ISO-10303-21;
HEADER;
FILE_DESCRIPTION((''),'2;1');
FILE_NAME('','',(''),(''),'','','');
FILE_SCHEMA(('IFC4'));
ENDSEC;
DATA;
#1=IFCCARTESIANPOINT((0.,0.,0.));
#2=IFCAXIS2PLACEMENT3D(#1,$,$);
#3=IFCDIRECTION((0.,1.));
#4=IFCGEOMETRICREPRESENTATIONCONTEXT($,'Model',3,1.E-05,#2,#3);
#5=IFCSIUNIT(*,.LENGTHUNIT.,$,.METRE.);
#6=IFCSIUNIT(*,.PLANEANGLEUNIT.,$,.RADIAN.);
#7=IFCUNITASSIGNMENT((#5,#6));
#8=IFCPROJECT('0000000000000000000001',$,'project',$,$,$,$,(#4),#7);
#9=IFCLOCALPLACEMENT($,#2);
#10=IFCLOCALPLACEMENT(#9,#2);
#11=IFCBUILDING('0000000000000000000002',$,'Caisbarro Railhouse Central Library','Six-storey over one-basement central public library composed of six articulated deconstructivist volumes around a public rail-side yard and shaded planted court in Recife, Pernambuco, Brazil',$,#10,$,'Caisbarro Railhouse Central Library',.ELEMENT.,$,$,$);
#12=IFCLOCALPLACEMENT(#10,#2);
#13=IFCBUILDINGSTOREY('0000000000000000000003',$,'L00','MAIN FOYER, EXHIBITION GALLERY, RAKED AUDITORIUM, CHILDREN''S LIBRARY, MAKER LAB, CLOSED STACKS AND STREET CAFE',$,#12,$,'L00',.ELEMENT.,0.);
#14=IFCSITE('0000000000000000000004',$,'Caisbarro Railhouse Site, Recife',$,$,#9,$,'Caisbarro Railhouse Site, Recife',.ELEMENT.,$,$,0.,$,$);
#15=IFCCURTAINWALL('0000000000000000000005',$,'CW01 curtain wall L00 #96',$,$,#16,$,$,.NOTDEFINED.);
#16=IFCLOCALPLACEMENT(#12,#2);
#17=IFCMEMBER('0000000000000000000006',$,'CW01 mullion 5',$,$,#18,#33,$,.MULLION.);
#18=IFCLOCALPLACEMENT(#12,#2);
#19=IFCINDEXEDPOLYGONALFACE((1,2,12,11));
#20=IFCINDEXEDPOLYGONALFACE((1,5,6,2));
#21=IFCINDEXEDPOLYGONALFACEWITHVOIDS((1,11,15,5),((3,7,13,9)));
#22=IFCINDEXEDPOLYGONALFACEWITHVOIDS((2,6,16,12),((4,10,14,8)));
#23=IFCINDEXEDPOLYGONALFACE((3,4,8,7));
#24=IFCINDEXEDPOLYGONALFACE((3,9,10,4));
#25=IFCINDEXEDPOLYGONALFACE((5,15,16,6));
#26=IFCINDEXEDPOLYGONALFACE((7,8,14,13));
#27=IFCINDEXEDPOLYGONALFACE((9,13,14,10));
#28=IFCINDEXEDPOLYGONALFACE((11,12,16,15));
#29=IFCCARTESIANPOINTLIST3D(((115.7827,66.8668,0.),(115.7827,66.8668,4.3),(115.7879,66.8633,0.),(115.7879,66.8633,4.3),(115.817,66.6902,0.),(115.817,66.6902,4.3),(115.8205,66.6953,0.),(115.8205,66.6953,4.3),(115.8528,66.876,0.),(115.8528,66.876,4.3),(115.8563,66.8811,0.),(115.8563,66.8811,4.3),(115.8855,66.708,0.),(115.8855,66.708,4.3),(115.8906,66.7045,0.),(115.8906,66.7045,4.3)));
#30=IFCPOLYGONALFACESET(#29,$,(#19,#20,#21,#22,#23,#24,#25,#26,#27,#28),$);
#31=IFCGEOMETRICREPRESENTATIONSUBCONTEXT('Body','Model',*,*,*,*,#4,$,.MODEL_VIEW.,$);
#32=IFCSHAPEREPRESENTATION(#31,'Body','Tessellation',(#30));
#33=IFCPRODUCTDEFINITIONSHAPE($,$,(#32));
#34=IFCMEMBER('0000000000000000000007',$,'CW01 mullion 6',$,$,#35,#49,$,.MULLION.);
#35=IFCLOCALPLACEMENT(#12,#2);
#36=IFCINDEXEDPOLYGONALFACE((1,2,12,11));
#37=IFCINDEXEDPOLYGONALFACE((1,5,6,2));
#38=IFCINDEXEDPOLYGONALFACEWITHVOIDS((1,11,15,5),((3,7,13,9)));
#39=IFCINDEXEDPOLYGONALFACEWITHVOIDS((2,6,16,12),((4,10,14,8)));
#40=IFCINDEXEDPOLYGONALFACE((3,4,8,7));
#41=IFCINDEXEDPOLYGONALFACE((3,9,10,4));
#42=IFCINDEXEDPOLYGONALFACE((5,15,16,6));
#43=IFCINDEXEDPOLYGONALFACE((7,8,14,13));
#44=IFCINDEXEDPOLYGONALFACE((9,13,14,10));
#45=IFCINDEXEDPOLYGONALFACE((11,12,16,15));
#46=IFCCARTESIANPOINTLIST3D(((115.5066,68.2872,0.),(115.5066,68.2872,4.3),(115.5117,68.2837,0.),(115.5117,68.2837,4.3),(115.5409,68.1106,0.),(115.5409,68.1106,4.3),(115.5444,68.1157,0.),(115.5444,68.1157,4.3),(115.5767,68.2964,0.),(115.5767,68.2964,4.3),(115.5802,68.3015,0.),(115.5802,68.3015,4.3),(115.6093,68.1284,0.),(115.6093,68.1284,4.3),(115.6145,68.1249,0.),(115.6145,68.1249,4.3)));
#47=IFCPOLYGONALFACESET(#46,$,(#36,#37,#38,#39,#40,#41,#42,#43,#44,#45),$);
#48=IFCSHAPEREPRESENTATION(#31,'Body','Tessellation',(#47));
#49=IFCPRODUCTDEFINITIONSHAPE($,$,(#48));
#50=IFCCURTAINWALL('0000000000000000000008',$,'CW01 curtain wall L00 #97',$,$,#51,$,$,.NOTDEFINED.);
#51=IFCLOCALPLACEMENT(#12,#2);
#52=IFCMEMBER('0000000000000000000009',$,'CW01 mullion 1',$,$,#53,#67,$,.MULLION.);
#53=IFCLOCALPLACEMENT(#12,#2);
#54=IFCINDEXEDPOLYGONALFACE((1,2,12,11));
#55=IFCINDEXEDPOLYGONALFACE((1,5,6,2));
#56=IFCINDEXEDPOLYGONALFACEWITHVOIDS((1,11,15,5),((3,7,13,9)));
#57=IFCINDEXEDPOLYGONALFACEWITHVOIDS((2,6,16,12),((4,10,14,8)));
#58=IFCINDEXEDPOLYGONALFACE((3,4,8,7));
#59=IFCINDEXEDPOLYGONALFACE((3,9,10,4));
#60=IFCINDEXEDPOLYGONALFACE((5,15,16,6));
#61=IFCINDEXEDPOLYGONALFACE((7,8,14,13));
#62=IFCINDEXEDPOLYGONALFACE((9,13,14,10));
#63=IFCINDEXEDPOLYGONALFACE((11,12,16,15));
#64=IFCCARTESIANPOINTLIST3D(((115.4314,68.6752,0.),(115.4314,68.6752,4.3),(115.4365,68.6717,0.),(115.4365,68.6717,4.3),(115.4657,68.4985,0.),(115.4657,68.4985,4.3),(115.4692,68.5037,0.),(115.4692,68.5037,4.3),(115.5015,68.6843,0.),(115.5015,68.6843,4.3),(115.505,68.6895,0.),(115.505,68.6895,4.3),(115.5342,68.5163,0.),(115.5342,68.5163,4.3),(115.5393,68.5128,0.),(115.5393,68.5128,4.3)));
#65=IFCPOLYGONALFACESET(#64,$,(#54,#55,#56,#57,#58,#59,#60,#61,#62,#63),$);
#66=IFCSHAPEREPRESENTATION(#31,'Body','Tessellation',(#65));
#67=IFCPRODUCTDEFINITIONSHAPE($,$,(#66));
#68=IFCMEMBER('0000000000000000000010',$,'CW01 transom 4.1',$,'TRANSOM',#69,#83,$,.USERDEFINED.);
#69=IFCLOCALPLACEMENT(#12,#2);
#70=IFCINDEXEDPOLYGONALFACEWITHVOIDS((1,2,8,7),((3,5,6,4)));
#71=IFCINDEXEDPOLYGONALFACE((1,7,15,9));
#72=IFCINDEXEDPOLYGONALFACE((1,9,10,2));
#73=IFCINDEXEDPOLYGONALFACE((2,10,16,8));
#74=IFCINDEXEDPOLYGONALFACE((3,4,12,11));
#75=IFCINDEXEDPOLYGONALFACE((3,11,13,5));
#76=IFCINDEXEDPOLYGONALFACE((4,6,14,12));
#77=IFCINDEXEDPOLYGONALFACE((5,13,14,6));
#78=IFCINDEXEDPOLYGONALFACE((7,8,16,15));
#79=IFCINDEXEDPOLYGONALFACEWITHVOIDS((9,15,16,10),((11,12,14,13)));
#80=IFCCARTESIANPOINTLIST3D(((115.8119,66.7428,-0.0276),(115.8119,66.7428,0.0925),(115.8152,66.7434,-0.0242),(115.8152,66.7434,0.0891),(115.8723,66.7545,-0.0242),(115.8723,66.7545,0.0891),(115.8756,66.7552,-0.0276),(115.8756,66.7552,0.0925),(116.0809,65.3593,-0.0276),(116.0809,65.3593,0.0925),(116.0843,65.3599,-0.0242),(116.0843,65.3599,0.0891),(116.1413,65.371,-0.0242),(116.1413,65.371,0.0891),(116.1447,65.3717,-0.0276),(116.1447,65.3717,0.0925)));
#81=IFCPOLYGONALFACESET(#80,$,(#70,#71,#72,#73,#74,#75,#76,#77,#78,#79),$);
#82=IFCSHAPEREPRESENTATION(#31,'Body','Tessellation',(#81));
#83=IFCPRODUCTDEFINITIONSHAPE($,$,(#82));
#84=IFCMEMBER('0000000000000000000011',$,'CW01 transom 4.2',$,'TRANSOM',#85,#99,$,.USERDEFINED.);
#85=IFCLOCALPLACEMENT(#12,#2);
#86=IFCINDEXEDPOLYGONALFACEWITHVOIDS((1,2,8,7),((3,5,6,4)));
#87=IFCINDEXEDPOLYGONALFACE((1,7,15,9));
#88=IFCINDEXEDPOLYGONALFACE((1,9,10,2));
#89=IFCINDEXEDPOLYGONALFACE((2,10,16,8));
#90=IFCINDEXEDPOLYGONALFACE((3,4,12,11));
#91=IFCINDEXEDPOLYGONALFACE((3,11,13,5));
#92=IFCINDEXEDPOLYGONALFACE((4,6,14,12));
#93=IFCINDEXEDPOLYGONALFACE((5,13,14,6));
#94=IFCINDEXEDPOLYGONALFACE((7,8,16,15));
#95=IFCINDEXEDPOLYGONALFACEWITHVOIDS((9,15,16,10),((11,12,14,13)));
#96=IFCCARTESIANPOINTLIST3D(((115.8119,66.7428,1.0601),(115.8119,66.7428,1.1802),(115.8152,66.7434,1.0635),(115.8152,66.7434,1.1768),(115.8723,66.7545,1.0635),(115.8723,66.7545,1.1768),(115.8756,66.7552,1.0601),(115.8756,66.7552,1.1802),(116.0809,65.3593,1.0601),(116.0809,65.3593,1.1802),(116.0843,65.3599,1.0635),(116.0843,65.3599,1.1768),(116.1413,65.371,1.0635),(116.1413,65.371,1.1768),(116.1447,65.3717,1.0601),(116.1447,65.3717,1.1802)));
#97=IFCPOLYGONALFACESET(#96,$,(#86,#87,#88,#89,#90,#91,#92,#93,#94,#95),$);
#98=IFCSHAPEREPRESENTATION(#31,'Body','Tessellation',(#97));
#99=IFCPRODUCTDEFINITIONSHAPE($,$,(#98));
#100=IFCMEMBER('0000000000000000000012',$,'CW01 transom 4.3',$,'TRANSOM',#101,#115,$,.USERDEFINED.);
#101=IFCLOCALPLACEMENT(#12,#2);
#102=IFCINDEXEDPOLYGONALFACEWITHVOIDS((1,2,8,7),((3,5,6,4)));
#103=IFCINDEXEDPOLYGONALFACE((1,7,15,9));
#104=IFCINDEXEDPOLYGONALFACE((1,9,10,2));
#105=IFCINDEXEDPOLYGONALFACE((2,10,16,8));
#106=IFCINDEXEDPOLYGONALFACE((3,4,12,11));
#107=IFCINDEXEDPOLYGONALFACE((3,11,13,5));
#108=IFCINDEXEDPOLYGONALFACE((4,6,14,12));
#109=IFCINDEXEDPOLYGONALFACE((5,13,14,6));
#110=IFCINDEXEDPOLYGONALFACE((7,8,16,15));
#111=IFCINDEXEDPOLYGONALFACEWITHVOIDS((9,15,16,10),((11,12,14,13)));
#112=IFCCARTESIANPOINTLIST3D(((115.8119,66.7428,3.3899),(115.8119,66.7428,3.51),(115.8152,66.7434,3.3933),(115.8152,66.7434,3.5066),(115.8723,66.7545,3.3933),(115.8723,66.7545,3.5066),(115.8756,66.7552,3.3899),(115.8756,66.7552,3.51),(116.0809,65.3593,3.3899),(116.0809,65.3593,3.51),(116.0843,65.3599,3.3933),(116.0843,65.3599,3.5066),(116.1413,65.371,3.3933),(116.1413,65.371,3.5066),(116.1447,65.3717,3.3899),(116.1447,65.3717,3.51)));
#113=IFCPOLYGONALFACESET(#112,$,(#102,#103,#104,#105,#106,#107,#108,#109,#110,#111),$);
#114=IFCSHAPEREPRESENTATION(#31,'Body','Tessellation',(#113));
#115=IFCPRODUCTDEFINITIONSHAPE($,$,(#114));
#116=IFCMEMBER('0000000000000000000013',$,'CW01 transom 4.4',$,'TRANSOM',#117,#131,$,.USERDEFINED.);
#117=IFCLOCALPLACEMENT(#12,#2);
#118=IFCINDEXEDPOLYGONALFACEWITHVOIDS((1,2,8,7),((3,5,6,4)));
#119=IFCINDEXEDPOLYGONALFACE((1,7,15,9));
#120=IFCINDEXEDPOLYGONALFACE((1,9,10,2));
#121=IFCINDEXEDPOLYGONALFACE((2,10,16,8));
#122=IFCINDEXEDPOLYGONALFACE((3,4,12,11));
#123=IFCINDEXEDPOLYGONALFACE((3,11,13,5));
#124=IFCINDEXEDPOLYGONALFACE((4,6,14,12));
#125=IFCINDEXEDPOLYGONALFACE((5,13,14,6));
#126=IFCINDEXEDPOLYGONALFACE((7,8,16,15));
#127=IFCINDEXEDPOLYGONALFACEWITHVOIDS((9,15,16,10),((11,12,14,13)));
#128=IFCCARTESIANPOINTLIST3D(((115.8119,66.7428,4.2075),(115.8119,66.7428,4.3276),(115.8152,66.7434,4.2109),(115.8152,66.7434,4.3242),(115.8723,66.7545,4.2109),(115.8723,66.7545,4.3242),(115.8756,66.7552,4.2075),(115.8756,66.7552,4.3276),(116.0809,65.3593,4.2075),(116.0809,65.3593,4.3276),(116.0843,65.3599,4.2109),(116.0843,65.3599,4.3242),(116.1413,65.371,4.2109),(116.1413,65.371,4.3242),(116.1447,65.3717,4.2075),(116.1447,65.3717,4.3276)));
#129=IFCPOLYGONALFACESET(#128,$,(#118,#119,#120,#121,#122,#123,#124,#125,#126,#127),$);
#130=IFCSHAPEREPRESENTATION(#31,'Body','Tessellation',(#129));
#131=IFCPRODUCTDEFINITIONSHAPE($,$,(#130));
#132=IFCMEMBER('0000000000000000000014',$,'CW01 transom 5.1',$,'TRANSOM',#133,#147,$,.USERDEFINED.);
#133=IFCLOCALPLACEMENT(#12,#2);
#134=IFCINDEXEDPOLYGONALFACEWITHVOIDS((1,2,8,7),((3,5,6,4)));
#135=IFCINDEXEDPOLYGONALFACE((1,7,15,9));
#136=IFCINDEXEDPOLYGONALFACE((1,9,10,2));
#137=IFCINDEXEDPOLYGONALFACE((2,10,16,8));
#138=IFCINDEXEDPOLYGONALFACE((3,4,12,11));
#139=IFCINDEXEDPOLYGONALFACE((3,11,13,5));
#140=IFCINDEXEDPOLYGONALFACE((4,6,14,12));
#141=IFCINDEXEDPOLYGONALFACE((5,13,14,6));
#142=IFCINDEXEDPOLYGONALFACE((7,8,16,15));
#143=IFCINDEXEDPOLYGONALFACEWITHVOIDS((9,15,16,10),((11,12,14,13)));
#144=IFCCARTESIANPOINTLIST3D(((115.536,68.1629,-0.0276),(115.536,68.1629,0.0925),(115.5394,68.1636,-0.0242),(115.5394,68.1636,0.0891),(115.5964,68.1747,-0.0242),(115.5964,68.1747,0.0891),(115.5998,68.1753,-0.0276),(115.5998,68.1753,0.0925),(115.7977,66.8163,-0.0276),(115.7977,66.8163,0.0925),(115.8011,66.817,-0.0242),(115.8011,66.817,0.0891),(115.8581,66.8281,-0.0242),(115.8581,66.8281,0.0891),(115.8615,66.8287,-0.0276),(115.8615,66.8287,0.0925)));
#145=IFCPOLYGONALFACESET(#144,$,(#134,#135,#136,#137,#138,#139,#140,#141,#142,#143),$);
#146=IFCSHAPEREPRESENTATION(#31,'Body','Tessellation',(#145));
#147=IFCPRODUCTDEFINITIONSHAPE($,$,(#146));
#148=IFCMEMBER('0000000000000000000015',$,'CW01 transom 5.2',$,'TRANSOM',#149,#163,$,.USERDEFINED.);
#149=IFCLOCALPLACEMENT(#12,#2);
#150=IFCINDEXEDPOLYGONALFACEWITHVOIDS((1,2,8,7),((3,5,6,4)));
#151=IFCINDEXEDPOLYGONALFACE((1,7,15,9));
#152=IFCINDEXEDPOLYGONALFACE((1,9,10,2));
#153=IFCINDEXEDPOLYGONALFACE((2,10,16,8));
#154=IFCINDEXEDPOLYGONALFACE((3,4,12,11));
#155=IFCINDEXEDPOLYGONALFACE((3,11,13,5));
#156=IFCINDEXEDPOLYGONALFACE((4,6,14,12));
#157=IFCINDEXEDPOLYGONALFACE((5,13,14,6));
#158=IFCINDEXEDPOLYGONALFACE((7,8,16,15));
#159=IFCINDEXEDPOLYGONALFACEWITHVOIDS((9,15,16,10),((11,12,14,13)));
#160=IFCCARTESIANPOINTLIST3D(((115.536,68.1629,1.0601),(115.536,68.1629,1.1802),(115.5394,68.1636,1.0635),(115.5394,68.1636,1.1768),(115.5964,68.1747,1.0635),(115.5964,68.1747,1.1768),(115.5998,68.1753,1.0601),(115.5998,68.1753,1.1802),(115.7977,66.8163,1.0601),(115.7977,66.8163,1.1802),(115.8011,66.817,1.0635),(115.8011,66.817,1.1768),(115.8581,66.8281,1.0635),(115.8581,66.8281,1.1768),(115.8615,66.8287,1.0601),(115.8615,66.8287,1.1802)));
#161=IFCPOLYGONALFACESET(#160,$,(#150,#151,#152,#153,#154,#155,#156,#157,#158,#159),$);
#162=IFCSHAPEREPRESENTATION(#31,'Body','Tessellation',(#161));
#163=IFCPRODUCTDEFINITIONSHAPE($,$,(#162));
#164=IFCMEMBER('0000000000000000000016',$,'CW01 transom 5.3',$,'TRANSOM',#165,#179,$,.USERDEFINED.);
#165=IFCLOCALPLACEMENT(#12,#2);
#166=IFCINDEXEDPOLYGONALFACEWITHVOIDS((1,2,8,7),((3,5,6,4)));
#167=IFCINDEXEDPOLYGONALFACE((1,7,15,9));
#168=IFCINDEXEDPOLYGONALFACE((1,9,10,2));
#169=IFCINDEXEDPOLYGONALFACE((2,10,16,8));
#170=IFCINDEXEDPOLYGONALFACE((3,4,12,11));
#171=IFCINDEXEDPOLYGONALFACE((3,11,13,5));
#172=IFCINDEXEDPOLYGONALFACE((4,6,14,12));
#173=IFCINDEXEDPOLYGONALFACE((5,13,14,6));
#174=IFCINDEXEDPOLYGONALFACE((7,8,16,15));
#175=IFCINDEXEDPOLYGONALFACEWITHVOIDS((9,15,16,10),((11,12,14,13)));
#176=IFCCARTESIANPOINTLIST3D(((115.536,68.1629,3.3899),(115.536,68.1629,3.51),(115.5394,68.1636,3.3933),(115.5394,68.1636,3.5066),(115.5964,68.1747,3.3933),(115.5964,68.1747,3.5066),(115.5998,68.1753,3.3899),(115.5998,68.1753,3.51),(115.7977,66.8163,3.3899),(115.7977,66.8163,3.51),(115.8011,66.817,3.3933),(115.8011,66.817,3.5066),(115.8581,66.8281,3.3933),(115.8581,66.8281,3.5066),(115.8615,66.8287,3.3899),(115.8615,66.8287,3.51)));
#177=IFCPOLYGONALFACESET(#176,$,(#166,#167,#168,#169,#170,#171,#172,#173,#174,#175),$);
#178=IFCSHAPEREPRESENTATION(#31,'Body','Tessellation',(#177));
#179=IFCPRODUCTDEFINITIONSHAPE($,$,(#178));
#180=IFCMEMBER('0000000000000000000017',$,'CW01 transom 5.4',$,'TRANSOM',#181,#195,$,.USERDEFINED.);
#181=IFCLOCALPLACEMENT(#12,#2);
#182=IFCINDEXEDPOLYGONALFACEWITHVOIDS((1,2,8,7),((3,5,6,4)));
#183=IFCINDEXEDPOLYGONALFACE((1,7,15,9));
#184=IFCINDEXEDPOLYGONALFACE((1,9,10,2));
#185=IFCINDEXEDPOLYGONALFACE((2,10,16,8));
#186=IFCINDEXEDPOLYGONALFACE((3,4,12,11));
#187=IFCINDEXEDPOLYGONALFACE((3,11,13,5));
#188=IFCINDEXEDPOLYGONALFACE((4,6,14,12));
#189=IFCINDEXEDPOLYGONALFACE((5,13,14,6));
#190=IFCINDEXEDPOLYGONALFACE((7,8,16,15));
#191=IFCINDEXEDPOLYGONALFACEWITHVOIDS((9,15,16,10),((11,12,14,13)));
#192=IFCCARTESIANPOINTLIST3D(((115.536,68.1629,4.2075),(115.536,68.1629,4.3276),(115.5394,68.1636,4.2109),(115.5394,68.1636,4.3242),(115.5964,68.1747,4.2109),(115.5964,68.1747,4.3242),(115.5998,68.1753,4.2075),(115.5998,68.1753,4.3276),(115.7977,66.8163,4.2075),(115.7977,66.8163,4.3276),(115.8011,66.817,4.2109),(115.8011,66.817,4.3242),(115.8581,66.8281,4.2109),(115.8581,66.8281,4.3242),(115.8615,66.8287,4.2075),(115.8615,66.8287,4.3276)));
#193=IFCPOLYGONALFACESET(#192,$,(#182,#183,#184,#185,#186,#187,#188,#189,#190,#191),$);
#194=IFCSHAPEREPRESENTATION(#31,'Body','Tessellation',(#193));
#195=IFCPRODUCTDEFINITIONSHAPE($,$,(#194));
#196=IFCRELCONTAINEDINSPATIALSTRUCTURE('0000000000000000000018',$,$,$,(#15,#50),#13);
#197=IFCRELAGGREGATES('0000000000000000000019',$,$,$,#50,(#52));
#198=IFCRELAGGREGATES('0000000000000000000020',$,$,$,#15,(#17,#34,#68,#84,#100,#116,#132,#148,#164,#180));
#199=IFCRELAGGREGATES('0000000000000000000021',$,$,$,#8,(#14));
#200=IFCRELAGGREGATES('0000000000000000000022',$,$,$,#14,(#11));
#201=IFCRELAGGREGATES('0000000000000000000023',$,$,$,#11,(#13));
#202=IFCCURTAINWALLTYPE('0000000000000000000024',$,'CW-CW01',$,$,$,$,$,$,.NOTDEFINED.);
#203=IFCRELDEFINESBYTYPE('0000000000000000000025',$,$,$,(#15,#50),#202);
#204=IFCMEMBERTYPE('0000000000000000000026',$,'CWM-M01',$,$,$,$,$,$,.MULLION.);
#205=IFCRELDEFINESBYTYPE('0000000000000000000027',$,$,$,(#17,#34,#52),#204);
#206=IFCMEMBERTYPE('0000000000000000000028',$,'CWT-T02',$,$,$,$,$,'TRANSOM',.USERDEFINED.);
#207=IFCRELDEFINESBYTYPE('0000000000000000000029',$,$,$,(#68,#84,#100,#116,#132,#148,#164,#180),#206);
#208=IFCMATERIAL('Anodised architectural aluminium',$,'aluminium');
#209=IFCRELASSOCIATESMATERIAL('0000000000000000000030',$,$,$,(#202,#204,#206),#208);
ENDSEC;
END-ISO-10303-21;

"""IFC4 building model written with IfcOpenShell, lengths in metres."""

from ifc_helpers import new_model, si_unit, direction, frame, origin, origin_2d, place, context, subcontext, project, spatial, hollow_rectangle, extrude, material, material_profile, profile_set, type_object, element, aggregate, save


model = new_model("IFC4")

# Units and contexts
model_context = context("Model", 3, precision=1e-05, world=origin(), true_north=direction((0.0, 1.0)))
body_context = subcontext(model_context, "Body", "Model", "MODEL_VIEW")
ifc_project = project(units=[si_unit("LENGTHUNIT", "METRE"), si_unit("PLANEANGLEUNIT", "RADIAN")], contexts=[model_context])

# Site, building, storey
site_placement = place(None, origin())
site = spatial("IfcSite", under=ifc_project, at=site_placement, Name="Caisbarro Railhouse Site, Recife", LongName="Caisbarro Railhouse Site, Recife", CompositionType="ELEMENT", RefElevation=0.0)
building_placement = place(site_placement, origin())
building = spatial("IfcBuilding", under=site, at=building_placement, Name="Caisbarro Railhouse Central Library", Description="Six-storey over one-basement central public library composed of six articulated deconstructivist volumes around a public rail-side yard and shaded planted court in Recife, Pernambuco, Brazil", LongName="Caisbarro Railhouse Central Library", CompositionType="ELEMENT")
storey_placement = place(building_placement, origin())
storey = spatial("IfcBuildingStorey", under=building, at=storey_placement, Name="L00", Description="MAIN FOYER, EXHIBITION GALLERY, RAKED AUDITORIUM, CHILDREN'S LIBRARY, MAKER LAB, CLOSED STACKS AND STREET CAFE", LongName="L00", CompositionType="ELEMENT", Elevation=0.0)

# Curtain wall, members
ifc_material_1 = material(Name="Anodised architectural aluminium", Category="aluminium")
curtain_wall_type = type_object("IfcCurtainWallType", Name="CW-CW01", PredefinedType="NOTDEFINED", material=ifc_material_1)
curtain_wall_1_placement = place(storey_placement, origin())
curtain_wall_1 = element("IfcCurtainWall", 1, at=curtain_wall_1_placement, inside=storey, type_object=curtain_wall_type, Name="CW01 curtain wall L00 #96", PredefinedType="NOTDEFINED")
ifc_material_profile_1 = material_profile(ifc_material_1, hollow_rectangle(XDim=0.075, YDim=0.1799, WallThickness=0.0044, at=origin_2d()), Name="ALU-MUL-75X180")
ifc_profile_set_1 = profile_set([ifc_material_profile_1], Name="Anodised architectural aluminium")
member_type_1 = type_object("IfcMemberType", Name="CWM-M01", PredefinedType="MULLION", material=ifc_profile_set_1)
member_1_placement = place(storey_placement, frame((115.8367, 66.7856, 0.0), z_axis=(0.0, 0.0, 1.0), x_axis=(-0.981633, -0.190781, 0.0)))
member_1 = element("IfcMember", 2, at=member_1_placement, type_object=member_type_1, Name="CW01 mullion 5", PredefinedType="MULLION", context=body_context, shape_type="SweptSolid", body=[
    extrude(hollow_rectangle(XDim=0.075, YDim=0.1799, WallThickness=0.0044, at=origin_2d()), origin(), (0.0, 0.0, 1.0), 4.3),
])
member_2_placement = place(storey_placement, frame((115.5605, 68.2061, 0.0), z_axis=(0.0, 0.0, 1.0), x_axis=(-0.981633, -0.190781, 0.0)))
member_2 = element("IfcMember", 3, at=member_2_placement, type_object=member_type_1, Name="CW01 mullion 6", PredefinedType="MULLION", context=body_context, shape_type="SweptSolid", body=[
    extrude(hollow_rectangle(XDim=0.075, YDim=0.1799, WallThickness=0.0044, at=origin_2d()), origin(), (0.0, 0.0, 1.0), 4.3),
])

# Curtain wall, member
curtain_wall_2_placement = place(storey_placement, origin())
curtain_wall_2 = element("IfcCurtainWall", 4, at=curtain_wall_2_placement, inside=storey, type_object=curtain_wall_type, Name="CW01 curtain wall L00 #97", PredefinedType="NOTDEFINED")
member_3_placement = place(storey_placement, frame((115.4854, 68.594, 0.0), z_axis=(0.0, 0.0, 1.0), x_axis=(-0.981607, -0.190911, 0.0)))
member_3 = element("IfcMember", 5, at=member_3_placement, type_object=member_type_1, Name="CW01 mullion 1", PredefinedType="MULLION", context=body_context, shape_type="SweptSolid", body=[
    extrude(hollow_rectangle(XDim=0.075, YDim=0.1799, WallThickness=0.0044, at=origin_2d()), origin(), (0.0, 0.0, 1.0), 4.3),
])
aggregate(curtain_wall_2, [member_3])

# Members
ifc_material_profile_2 = material_profile(ifc_material_1, hollow_rectangle(XDim=0.0649, YDim=0.1201, WallThickness=0.0034, at=origin_2d()), Name="ALU-TRN-65X120")
ifc_profile_set_2 = profile_set([ifc_material_profile_2], Name="Anodised architectural aluminium")
member_type_2 = type_object("IfcMemberType", Name="CWT-T02", ElementType="TRANSOM", PredefinedType="USERDEFINED", material=ifc_profile_set_2)
member_4_placement = place(storey_placement, frame((116.1128, 65.3655, 0.0325), z_axis=(-0.190884, 0.981613, 0.0), x_axis=(-0.981613, -0.190884, 0.0)))
member_4 = element("IfcMember", 6, at=member_4_placement, type_object=member_type_2, Name="CW01 transom 4.1", ObjectType="TRANSOM", PredefinedType="USERDEFINED", context=body_context, shape_type="SweptSolid", body=[
    extrude(hollow_rectangle(XDim=0.0649, YDim=0.1201, WallThickness=0.0034, at=origin_2d()), origin(), (0.0, 0.0, 1.0), 1.4094),
])
member_5_placement = place(storey_placement, frame((116.1128, 65.3655, 1.1201), z_axis=(-0.190884, 0.981613, 0.0), x_axis=(-0.981613, -0.190884, 0.0)))
member_5 = element("IfcMember", 7, at=member_5_placement, type_object=member_type_2, Name="CW01 transom 4.2", ObjectType="TRANSOM", PredefinedType="USERDEFINED", context=body_context, shape_type="SweptSolid", body=[
    extrude(hollow_rectangle(XDim=0.0649, YDim=0.1201, WallThickness=0.0034, at=origin_2d()), origin(), (0.0, 0.0, 1.0), 1.4094),
])
member_6_placement = place(storey_placement, frame((116.1128, 65.3655, 3.45), z_axis=(-0.190884, 0.981613, 0.0), x_axis=(-0.981613, -0.190884, 0.0)))
member_6 = element("IfcMember", 8, at=member_6_placement, type_object=member_type_2, Name="CW01 transom 4.3", ObjectType="TRANSOM", PredefinedType="USERDEFINED", context=body_context, shape_type="SweptSolid", body=[
    extrude(hollow_rectangle(XDim=0.0649, YDim=0.1201, WallThickness=0.0034, at=origin_2d()), origin(), (0.0, 0.0, 1.0), 1.4094),
])
member_7_placement = place(storey_placement, frame((116.1128, 65.3655, 4.2676), z_axis=(-0.190884, 0.981613, 0.0), x_axis=(-0.981613, -0.190884, 0.0)))
member_7 = element("IfcMember", 9, at=member_7_placement, type_object=member_type_2, Name="CW01 transom 4.4", ObjectType="TRANSOM", PredefinedType="USERDEFINED", context=body_context, shape_type="SweptSolid", body=[
    extrude(hollow_rectangle(XDim=0.0649, YDim=0.1201, WallThickness=0.0034, at=origin_2d()), origin(), (0.0, 0.0, 1.0), 1.4094),
])
member_8_placement = place(storey_placement, frame((115.8296, 66.8225, 0.0325), z_axis=(-0.190774, 0.981634, 0.0), x_axis=(-0.981634, -0.190774, 0.0)))
member_8 = element("IfcMember", 10, at=member_8_placement, type_object=member_type_2, Name="CW01 transom 5.1", ObjectType="TRANSOM", PredefinedType="USERDEFINED", context=body_context, shape_type="SweptSolid", body=[
    extrude(hollow_rectangle(XDim=0.0649, YDim=0.1201, WallThickness=0.0034, at=origin_2d()), origin(), (0.0, 0.0, 1.0), 1.3718),
])
member_9_placement = place(storey_placement, frame((115.8296, 66.8225, 1.1201), z_axis=(-0.190774, 0.981634, 0.0), x_axis=(-0.981634, -0.190774, 0.0)))
member_9 = element("IfcMember", 11, at=member_9_placement, type_object=member_type_2, Name="CW01 transom 5.2", ObjectType="TRANSOM", PredefinedType="USERDEFINED", context=body_context, shape_type="SweptSolid", body=[
    extrude(hollow_rectangle(XDim=0.0649, YDim=0.1201, WallThickness=0.0034, at=origin_2d()), origin(), (0.0, 0.0, 1.0), 1.3718),
])
member_10_placement = place(storey_placement, frame((115.8296, 66.8225, 3.45), z_axis=(-0.190774, 0.981634, 0.0), x_axis=(-0.981634, -0.190774, 0.0)))
member_10 = element("IfcMember", 12, at=member_10_placement, type_object=member_type_2, Name="CW01 transom 5.3", ObjectType="TRANSOM", PredefinedType="USERDEFINED", context=body_context, shape_type="SweptSolid", body=[
    extrude(hollow_rectangle(XDim=0.0649, YDim=0.1201, WallThickness=0.0034, at=origin_2d()), origin(), (0.0, 0.0, 1.0), 1.3718),
])
member_11_placement = place(storey_placement, frame((115.8296, 66.8225, 4.2676), z_axis=(-0.190774, 0.981634, 0.0), x_axis=(-0.981634, -0.190774, 0.0)))
member_11 = element("IfcMember", 13, at=member_11_placement, type_object=member_type_2, Name="CW01 transom 5.4", ObjectType="TRANSOM", PredefinedType="USERDEFINED", context=body_context, shape_type="SweptSolid", body=[
    extrude(hollow_rectangle(XDim=0.0649, YDim=0.1201, WallThickness=0.0034, at=origin_2d()), origin(), (0.0, 0.0, 1.0), 1.3718),
])

aggregate(curtain_wall_1, [member_1, member_2, member_4, member_5, member_6, member_7, member_8, member_9, member_10, member_11])

save(model, "model.ifc")
